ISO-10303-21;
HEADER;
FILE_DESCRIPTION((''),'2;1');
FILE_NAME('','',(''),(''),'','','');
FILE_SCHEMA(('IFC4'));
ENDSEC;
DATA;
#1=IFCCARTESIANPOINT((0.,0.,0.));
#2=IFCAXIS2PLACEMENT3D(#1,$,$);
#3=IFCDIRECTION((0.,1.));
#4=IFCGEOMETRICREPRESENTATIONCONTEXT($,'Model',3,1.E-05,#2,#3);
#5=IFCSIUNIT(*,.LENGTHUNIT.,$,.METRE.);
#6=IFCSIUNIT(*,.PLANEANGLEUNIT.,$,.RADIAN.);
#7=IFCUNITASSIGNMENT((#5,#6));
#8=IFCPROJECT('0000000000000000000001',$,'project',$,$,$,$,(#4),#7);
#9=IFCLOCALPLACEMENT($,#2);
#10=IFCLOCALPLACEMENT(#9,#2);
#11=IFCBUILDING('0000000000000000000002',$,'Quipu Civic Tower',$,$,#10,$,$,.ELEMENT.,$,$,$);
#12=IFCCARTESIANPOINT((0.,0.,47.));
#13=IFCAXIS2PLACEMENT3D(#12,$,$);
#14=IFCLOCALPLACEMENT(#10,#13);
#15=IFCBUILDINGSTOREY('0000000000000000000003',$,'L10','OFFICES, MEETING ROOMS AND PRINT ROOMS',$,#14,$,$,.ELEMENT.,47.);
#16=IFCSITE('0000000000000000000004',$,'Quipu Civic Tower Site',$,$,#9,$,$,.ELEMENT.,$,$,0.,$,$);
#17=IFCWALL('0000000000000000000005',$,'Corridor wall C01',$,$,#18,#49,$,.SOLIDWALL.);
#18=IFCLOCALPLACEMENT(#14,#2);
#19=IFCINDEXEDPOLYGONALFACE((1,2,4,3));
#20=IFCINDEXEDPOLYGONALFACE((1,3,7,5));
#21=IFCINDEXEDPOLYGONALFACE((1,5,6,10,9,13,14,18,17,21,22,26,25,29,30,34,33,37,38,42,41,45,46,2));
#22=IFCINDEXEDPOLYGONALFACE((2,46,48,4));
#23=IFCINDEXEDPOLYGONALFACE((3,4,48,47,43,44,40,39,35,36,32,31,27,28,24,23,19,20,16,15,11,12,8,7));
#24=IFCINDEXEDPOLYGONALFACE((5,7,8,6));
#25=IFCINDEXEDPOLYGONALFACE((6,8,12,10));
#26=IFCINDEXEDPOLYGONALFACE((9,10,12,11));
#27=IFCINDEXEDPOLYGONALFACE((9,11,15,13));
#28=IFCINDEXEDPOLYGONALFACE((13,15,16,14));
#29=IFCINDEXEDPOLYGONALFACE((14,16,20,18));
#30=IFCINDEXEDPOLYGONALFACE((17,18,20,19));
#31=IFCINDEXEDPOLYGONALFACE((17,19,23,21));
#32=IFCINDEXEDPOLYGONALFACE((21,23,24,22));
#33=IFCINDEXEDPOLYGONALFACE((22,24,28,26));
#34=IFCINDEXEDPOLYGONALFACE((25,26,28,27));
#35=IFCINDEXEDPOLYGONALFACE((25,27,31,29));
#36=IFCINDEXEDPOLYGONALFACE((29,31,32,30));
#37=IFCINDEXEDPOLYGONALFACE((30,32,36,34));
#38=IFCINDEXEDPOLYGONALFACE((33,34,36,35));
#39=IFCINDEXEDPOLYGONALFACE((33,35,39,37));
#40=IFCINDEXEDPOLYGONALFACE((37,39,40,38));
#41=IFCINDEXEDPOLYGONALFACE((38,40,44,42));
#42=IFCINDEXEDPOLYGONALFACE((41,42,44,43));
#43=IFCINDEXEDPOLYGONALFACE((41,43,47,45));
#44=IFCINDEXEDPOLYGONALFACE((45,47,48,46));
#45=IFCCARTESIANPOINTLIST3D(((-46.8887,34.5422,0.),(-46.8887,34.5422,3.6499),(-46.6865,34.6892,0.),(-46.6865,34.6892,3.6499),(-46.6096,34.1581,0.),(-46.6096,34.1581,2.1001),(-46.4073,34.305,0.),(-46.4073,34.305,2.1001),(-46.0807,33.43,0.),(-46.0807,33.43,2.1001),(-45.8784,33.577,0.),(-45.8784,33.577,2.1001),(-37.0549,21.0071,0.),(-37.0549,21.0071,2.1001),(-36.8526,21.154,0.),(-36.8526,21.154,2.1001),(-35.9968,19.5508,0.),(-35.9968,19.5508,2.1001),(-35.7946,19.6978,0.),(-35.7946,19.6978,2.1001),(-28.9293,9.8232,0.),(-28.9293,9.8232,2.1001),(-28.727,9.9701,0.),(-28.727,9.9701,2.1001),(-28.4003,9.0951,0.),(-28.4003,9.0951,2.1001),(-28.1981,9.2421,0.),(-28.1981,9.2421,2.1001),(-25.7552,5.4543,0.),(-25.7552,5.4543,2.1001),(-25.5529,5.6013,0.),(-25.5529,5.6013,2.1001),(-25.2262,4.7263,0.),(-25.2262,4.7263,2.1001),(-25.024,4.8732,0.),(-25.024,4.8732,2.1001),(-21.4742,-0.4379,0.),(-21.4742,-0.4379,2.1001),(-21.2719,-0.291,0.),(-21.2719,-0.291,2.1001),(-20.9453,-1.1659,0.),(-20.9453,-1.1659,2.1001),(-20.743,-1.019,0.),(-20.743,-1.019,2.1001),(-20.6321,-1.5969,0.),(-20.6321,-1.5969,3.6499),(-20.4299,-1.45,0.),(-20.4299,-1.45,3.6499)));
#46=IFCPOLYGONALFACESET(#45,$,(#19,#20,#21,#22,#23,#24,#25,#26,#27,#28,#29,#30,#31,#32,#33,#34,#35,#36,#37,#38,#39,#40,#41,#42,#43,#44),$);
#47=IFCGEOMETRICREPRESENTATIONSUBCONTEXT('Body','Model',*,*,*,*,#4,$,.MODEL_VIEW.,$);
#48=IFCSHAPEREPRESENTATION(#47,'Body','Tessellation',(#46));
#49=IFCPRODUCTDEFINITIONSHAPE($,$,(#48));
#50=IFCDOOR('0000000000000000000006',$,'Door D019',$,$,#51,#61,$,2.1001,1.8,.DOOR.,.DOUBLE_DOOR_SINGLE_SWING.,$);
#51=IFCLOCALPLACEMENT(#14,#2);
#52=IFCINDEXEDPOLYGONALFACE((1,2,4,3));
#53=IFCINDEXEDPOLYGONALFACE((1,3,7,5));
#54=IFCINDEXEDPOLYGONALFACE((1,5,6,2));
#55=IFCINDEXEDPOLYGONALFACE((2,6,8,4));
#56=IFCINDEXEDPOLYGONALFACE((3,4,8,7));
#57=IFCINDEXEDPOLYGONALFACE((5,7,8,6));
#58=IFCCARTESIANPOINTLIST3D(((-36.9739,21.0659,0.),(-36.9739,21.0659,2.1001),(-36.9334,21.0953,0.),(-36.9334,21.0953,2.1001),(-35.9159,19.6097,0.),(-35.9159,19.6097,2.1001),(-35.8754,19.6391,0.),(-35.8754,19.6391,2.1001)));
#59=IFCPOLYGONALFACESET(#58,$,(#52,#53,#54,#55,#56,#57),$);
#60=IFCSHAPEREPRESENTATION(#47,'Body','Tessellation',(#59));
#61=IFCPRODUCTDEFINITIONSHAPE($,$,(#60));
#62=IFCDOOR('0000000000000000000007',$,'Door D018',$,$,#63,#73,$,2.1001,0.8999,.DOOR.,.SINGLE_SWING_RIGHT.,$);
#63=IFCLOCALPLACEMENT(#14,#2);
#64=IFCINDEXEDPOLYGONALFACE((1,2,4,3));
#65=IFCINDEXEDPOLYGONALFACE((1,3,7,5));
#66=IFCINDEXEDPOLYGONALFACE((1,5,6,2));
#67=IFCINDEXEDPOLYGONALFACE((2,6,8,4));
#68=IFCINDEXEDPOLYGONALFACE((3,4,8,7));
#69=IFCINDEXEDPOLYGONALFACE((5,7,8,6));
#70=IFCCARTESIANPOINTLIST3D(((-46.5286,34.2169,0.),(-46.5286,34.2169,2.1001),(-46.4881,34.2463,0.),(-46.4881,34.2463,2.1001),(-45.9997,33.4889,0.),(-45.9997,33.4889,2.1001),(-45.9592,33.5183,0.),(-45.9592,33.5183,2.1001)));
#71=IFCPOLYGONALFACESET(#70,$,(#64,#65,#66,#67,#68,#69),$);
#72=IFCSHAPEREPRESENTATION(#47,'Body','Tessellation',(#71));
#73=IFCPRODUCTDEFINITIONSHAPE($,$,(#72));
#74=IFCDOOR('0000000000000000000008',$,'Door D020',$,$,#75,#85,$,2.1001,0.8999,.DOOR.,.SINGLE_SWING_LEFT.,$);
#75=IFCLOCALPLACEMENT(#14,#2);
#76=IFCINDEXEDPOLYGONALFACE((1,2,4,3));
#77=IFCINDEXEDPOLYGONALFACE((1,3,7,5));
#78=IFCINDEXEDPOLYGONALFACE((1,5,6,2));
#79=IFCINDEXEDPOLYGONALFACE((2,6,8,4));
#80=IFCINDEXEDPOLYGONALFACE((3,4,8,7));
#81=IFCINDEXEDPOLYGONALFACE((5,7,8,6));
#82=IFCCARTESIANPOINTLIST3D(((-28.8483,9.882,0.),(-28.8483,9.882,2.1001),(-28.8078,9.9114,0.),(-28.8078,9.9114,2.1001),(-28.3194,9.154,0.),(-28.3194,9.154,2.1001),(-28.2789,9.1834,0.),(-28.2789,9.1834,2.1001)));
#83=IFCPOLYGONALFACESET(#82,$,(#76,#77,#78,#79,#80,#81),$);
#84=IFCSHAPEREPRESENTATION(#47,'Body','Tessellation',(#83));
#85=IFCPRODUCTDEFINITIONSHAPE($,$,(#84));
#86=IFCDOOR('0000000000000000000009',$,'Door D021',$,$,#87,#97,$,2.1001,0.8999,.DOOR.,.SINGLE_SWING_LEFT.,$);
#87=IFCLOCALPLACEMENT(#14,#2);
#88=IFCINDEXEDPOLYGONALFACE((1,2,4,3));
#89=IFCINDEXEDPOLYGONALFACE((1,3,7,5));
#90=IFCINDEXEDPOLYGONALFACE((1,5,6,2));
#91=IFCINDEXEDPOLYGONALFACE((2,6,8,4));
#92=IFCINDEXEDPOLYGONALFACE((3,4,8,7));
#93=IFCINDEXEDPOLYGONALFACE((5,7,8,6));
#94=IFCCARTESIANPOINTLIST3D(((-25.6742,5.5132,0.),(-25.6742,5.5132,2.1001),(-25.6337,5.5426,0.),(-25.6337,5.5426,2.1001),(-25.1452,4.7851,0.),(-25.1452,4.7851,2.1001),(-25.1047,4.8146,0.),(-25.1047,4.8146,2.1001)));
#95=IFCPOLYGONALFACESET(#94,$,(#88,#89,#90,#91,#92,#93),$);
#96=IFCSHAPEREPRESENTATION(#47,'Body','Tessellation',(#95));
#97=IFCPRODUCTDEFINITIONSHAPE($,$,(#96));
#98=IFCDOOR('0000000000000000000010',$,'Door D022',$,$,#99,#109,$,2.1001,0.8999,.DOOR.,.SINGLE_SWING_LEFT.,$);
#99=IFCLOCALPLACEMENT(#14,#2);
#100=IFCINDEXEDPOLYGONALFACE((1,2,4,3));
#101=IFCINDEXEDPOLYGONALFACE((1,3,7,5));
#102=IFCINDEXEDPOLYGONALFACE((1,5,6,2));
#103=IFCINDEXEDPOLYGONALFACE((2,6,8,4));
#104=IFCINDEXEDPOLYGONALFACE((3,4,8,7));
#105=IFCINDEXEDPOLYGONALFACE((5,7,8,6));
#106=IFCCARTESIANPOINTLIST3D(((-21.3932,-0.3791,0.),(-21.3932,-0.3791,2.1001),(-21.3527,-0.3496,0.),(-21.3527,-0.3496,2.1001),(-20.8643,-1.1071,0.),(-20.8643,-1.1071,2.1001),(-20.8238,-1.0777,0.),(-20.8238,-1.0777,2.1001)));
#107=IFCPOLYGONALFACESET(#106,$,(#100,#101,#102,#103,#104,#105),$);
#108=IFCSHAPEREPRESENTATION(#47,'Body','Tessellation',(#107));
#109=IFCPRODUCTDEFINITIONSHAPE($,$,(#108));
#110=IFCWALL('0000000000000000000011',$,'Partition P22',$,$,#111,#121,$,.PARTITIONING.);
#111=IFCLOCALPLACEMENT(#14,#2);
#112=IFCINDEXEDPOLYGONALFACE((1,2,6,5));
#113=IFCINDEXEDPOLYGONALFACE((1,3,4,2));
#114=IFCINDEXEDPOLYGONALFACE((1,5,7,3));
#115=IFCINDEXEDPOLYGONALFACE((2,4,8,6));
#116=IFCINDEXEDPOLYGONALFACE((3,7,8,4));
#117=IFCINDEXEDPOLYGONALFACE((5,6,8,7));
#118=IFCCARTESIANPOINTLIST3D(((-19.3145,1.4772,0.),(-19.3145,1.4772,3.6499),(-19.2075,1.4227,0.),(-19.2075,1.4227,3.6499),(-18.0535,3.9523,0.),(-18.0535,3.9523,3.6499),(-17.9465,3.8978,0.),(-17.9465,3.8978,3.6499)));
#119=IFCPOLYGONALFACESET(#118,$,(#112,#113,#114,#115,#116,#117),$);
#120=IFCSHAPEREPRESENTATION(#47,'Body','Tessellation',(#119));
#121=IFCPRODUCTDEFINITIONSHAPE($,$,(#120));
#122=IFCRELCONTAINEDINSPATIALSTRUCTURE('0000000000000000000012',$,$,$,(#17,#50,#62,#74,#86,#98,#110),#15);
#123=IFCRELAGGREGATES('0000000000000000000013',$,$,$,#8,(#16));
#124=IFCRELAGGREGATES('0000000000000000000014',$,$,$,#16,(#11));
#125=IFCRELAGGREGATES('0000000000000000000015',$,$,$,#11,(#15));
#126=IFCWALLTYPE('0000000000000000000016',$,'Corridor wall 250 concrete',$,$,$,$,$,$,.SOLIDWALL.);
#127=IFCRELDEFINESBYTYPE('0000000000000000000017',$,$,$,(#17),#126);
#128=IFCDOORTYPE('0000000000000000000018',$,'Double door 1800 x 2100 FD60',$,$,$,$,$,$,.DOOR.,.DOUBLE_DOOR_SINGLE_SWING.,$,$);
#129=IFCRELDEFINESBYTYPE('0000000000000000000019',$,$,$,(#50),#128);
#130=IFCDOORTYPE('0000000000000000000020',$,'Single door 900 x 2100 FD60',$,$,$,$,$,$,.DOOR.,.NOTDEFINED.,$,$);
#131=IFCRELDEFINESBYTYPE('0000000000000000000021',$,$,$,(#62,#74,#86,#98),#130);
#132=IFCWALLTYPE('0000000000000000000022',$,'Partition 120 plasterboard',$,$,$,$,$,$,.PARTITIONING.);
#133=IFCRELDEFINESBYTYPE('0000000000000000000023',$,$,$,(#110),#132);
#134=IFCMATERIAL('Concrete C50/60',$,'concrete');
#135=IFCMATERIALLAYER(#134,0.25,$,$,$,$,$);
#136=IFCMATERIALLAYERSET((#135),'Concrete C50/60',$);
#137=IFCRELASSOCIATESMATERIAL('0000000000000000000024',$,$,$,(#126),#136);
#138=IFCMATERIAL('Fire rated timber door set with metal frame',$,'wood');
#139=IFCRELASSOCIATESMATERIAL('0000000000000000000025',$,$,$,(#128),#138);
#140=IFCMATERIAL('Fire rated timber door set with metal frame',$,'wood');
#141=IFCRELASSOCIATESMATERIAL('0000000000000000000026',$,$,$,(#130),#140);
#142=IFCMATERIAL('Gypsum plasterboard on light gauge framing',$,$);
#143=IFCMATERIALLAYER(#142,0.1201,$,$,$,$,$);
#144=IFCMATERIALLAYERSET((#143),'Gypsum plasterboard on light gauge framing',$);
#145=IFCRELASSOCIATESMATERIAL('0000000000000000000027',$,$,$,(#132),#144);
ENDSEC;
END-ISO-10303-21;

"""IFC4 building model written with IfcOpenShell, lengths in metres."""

from ifc_helpers import new_model, si_unit, direction, frame, frame_2d, origin, place, context, subcontext, project, spatial, rectangle, extrude, material, layer, layer_set, type_object, element, fill, save


model = new_model("IFC4")

# Units and contexts
model_context = context("Model", 3, precision=1e-05, world=origin(), true_north=direction((0.0, 1.0)))
body_context = subcontext(model_context, "Body", "Model", "MODEL_VIEW")
ifc_project = project(units=[si_unit("LENGTHUNIT", "METRE"), si_unit("PLANEANGLEUNIT", "RADIAN")], contexts=[model_context])

# Site, building, storey
site_placement = place(None, origin())
site = spatial("IfcSite", under=ifc_project, at=site_placement, Name="Quipu Civic Tower Site", CompositionType="ELEMENT", RefElevation=0.0)
building_placement = place(site_placement, origin())
building = spatial("IfcBuilding", under=site, at=building_placement, Name="Quipu Civic Tower", CompositionType="ELEMENT")
storey_placement = place(building_placement, frame((0.0, 0.0, 47.0)))
storey = spatial("IfcBuildingStorey", under=building, at=storey_placement, Name="L10", Description="OFFICES, MEETING ROOMS AND PRINT ROOMS", CompositionType="ELEMENT", Elevation=47.0)

# Wall, openings, doors
ifc_material_1 = material(Name="Concrete C50/60", Category="concrete")
ifc_layer_1 = layer(ifc_material_1, 0.25)
ifc_layer_set_1 = layer_set([ifc_layer_1], Name="Concrete C50/60")
wall_type_1 = type_object("IfcWallType", Name="Corridor wall 250 concrete", PredefinedType="SOLIDWALL", material=ifc_layer_set_1)
wall_1_placement = place(storey_placement, frame((-20.531, -1.5234, 0.0), z_axis=(0.0, 0.0, 1.0), x_axis=(-0.587785, 0.809017, 0.0)))
wall_1 = element("IfcWall", 1, at=wall_1_placement, inside=storey, type_object=wall_type_1, Name="Corridor wall C01", PredefinedType="SOLIDWALL", context=body_context, shape_type="SweptSolid", body=[
    extrude(rectangle(XDim=44.6704, YDim=0.25, at=frame_2d((22.3352, 0.0))), origin(), (0.0, 0.0, 1.0), 3.6499),
])
opening_1_placement = place(wall_1_placement, frame((26.1401, 0.0, 0.0)))
opening_1 = element("IfcOpeningElement", 2, at=opening_1_placement, cuts=wall_1, PredefinedType="OPENING", context=body_context, shape_type="SweptSolid", body=[
    extrude(rectangle(XDim=1.8, YDim=2.1001, at=frame_2d((0.8999, 1.05))), frame((0.0, 0.135, 0.0), z_axis=(0.0, -1.0, 0.0), x_axis=(1.0, 0.0, 0.0)), (0.0, 0.0, 1.0), 0.27),
])
opening_2_placement = place(wall_1_placement, frame((43.2957, 0.0, 0.0)))
opening_2 = element("IfcOpeningElement", 3, at=opening_2_placement, cuts=wall_1, PredefinedType="OPENING", context=body_context, shape_type="SweptSolid", body=[
    extrude(rectangle(XDim=0.8999, YDim=2.1001, at=frame_2d((0.45, 1.05))), frame((0.0, 0.135, 0.0), z_axis=(0.0, -1.0, 0.0), x_axis=(1.0, 0.0, 0.0)), (0.0, 0.0, 1.0), 0.27),
])
opening_3_placement = place(wall_1_placement, frame((13.2161, 0.0, 0.0)))
opening_3 = element("IfcOpeningElement", 4, at=opening_3_placement, cuts=wall_1, PredefinedType="OPENING", context=body_context, shape_type="SweptSolid", body=[
    extrude(rectangle(XDim=0.8999, YDim=2.1001, at=frame_2d((0.45, 1.05))), frame((0.0, 0.135, 0.0), z_axis=(0.0, -1.0, 0.0), x_axis=(1.0, 0.0, 0.0)), (0.0, 0.0, 1.0), 0.27),
])
opening_4_placement = place(wall_1_placement, frame((7.8159, 0.0, 0.0)))
opening_4 = element("IfcOpeningElement", 5, at=opening_4_placement, cuts=wall_1, PredefinedType="OPENING", context=body_context, shape_type="SweptSolid", body=[
    extrude(rectangle(XDim=0.8999, YDim=2.1001, at=frame_2d((0.45, 1.05))), frame((0.0, 0.135, 0.0), z_axis=(0.0, -1.0, 0.0), x_axis=(1.0, 0.0, 0.0)), (0.0, 0.0, 1.0), 0.27),
])
opening_5_placement = place(wall_1_placement, frame((0.5327, 0.0, 0.0)))
opening_5 = element("IfcOpeningElement", 6, at=opening_5_placement, cuts=wall_1, PredefinedType="OPENING", context=body_context, shape_type="SweptSolid", body=[
    extrude(rectangle(XDim=0.8999, YDim=2.1001, at=frame_2d((0.45, 1.05))), frame((0.0, 0.135, 0.0), z_axis=(0.0, -1.0, 0.0), x_axis=(1.0, 0.0, 0.0)), (0.0, 0.0, 1.0), 0.27),
])
ifc_material_2 = material(Name="Fire rated timber door set with metal frame", Category="wood")
door_type_1 = type_object("IfcDoorType", Name="Double door 1800 x 2100 FD60", OperationType="DOUBLE_DOOR_SINGLE_SWING", PredefinedType="DOOR", material=ifc_material_2)
door_1_placement = place(opening_1_placement, origin())
door_1 = element("IfcDoor", 7, at=door_1_placement, inside=storey, type_object=door_type_1, Name="Door D019", OperationType="DOUBLE_DOOR_SINGLE_SWING", OverallHeight=2.1001, OverallWidth=1.8, PredefinedType="DOOR", context=body_context, shape_type="SweptSolid", body=[
    extrude(rectangle(XDim=1.8, YDim=2.1001, at=frame_2d((0.8999, 1.05))), frame((0.0, 0.0249, 0.0), z_axis=(0.0, -1.0, 0.0), x_axis=(1.0, 0.0, 0.0)), (0.0, 0.0, 1.0), 0.05),
])
fill(opening_1, door_1)
ifc_material_3 = material(Name="Fire rated timber door set with metal frame", Category="wood")
door_type_2 = type_object("IfcDoorType", Name="Single door 900 x 2100 FD60", OperationType="NOTDEFINED", PredefinedType="DOOR", material=ifc_material_3)
door_2_placement = place(opening_2_placement, origin())
door_2 = element("IfcDoor", 8, at=door_2_placement, inside=storey, type_object=door_type_2, Name="Door D018", OperationType="SINGLE_SWING_RIGHT", OverallHeight=2.1001, OverallWidth=0.8999, PredefinedType="DOOR", context=body_context, shape_type="SweptSolid", body=[
    extrude(rectangle(XDim=0.8999, YDim=2.1001, at=frame_2d((0.45, 1.05))), frame((0.0, 0.0249, 0.0), z_axis=(0.0, -1.0, 0.0), x_axis=(1.0, 0.0, 0.0)), (0.0, 0.0, 1.0), 0.05),
])
fill(opening_2, door_2)
door_3_placement = place(opening_3_placement, origin())
door_3 = element("IfcDoor", 9, at=door_3_placement, inside=storey, type_object=door_type_2, Name="Door D020", OperationType="SINGLE_SWING_LEFT", OverallHeight=2.1001, OverallWidth=0.8999, PredefinedType="DOOR", context=body_context, shape_type="SweptSolid", body=[
    extrude(rectangle(XDim=0.8999, YDim=2.1001, at=frame_2d((0.45, 1.05))), frame((0.0, 0.0249, 0.0), z_axis=(0.0, -1.0, 0.0), x_axis=(1.0, 0.0, 0.0)), (0.0, 0.0, 1.0), 0.05),
])
fill(opening_3, door_3)
door_4_placement = place(opening_4_placement, origin())
door_4 = element("IfcDoor", 10, at=door_4_placement, inside=storey, type_object=door_type_2, Name="Door D021", OperationType="SINGLE_SWING_LEFT", OverallHeight=2.1001, OverallWidth=0.8999, PredefinedType="DOOR", context=body_context, shape_type="SweptSolid", body=[
    extrude(rectangle(XDim=0.8999, YDim=2.1001, at=frame_2d((0.45, 1.05))), frame((0.0, 0.0249, 0.0), z_axis=(0.0, -1.0, 0.0), x_axis=(1.0, 0.0, 0.0)), (0.0, 0.0, 1.0), 0.05),
])
fill(opening_4, door_4)
door_5_placement = place(opening_5_placement, origin())
door_5 = element("IfcDoor", 11, at=door_5_placement, inside=storey, type_object=door_type_2, Name="Door D022", OperationType="SINGLE_SWING_LEFT", OverallHeight=2.1001, OverallWidth=0.8999, PredefinedType="DOOR", context=body_context, shape_type="SweptSolid", body=[
    extrude(rectangle(XDim=0.8999, YDim=2.1001, at=frame_2d((0.45, 1.05))), frame((0.0, 0.0249, 0.0), z_axis=(0.0, -1.0, 0.0), x_axis=(1.0, 0.0, 0.0)), (0.0, 0.0, 1.0), 0.05),
])
fill(opening_5, door_5)

# Wall
ifc_material_4 = material(Name="Gypsum plasterboard on light gauge framing")
ifc_layer_2 = layer(ifc_material_4, 0.1201)
ifc_layer_set_2 = layer_set([ifc_layer_2], Name="Gypsum plasterboard on light gauge framing")
wall_type_2 = type_object("IfcWallType", Name="Partition 120 plasterboard", PredefinedType="PARTITIONING", material=ifc_layer_set_2)
wall_2_placement = place(storey_placement, frame((-19.261, 1.45, 0.0), z_axis=(0.0, 0.0, 1.0), x_axis=(0.453951, 0.891027, 0.0)))
element("IfcWall", 12, at=wall_2_placement, inside=storey, type_object=wall_type_2, Name="Partition P22", PredefinedType="PARTITIONING", context=body_context, shape_type="SweptSolid", body=[
    extrude(rectangle(XDim=2.7778, YDim=0.1201, at=frame_2d((1.3889, 0.0))), origin(), (0.0, 0.0, 1.0), 3.6499),
])

save(model, "model.ifc")
